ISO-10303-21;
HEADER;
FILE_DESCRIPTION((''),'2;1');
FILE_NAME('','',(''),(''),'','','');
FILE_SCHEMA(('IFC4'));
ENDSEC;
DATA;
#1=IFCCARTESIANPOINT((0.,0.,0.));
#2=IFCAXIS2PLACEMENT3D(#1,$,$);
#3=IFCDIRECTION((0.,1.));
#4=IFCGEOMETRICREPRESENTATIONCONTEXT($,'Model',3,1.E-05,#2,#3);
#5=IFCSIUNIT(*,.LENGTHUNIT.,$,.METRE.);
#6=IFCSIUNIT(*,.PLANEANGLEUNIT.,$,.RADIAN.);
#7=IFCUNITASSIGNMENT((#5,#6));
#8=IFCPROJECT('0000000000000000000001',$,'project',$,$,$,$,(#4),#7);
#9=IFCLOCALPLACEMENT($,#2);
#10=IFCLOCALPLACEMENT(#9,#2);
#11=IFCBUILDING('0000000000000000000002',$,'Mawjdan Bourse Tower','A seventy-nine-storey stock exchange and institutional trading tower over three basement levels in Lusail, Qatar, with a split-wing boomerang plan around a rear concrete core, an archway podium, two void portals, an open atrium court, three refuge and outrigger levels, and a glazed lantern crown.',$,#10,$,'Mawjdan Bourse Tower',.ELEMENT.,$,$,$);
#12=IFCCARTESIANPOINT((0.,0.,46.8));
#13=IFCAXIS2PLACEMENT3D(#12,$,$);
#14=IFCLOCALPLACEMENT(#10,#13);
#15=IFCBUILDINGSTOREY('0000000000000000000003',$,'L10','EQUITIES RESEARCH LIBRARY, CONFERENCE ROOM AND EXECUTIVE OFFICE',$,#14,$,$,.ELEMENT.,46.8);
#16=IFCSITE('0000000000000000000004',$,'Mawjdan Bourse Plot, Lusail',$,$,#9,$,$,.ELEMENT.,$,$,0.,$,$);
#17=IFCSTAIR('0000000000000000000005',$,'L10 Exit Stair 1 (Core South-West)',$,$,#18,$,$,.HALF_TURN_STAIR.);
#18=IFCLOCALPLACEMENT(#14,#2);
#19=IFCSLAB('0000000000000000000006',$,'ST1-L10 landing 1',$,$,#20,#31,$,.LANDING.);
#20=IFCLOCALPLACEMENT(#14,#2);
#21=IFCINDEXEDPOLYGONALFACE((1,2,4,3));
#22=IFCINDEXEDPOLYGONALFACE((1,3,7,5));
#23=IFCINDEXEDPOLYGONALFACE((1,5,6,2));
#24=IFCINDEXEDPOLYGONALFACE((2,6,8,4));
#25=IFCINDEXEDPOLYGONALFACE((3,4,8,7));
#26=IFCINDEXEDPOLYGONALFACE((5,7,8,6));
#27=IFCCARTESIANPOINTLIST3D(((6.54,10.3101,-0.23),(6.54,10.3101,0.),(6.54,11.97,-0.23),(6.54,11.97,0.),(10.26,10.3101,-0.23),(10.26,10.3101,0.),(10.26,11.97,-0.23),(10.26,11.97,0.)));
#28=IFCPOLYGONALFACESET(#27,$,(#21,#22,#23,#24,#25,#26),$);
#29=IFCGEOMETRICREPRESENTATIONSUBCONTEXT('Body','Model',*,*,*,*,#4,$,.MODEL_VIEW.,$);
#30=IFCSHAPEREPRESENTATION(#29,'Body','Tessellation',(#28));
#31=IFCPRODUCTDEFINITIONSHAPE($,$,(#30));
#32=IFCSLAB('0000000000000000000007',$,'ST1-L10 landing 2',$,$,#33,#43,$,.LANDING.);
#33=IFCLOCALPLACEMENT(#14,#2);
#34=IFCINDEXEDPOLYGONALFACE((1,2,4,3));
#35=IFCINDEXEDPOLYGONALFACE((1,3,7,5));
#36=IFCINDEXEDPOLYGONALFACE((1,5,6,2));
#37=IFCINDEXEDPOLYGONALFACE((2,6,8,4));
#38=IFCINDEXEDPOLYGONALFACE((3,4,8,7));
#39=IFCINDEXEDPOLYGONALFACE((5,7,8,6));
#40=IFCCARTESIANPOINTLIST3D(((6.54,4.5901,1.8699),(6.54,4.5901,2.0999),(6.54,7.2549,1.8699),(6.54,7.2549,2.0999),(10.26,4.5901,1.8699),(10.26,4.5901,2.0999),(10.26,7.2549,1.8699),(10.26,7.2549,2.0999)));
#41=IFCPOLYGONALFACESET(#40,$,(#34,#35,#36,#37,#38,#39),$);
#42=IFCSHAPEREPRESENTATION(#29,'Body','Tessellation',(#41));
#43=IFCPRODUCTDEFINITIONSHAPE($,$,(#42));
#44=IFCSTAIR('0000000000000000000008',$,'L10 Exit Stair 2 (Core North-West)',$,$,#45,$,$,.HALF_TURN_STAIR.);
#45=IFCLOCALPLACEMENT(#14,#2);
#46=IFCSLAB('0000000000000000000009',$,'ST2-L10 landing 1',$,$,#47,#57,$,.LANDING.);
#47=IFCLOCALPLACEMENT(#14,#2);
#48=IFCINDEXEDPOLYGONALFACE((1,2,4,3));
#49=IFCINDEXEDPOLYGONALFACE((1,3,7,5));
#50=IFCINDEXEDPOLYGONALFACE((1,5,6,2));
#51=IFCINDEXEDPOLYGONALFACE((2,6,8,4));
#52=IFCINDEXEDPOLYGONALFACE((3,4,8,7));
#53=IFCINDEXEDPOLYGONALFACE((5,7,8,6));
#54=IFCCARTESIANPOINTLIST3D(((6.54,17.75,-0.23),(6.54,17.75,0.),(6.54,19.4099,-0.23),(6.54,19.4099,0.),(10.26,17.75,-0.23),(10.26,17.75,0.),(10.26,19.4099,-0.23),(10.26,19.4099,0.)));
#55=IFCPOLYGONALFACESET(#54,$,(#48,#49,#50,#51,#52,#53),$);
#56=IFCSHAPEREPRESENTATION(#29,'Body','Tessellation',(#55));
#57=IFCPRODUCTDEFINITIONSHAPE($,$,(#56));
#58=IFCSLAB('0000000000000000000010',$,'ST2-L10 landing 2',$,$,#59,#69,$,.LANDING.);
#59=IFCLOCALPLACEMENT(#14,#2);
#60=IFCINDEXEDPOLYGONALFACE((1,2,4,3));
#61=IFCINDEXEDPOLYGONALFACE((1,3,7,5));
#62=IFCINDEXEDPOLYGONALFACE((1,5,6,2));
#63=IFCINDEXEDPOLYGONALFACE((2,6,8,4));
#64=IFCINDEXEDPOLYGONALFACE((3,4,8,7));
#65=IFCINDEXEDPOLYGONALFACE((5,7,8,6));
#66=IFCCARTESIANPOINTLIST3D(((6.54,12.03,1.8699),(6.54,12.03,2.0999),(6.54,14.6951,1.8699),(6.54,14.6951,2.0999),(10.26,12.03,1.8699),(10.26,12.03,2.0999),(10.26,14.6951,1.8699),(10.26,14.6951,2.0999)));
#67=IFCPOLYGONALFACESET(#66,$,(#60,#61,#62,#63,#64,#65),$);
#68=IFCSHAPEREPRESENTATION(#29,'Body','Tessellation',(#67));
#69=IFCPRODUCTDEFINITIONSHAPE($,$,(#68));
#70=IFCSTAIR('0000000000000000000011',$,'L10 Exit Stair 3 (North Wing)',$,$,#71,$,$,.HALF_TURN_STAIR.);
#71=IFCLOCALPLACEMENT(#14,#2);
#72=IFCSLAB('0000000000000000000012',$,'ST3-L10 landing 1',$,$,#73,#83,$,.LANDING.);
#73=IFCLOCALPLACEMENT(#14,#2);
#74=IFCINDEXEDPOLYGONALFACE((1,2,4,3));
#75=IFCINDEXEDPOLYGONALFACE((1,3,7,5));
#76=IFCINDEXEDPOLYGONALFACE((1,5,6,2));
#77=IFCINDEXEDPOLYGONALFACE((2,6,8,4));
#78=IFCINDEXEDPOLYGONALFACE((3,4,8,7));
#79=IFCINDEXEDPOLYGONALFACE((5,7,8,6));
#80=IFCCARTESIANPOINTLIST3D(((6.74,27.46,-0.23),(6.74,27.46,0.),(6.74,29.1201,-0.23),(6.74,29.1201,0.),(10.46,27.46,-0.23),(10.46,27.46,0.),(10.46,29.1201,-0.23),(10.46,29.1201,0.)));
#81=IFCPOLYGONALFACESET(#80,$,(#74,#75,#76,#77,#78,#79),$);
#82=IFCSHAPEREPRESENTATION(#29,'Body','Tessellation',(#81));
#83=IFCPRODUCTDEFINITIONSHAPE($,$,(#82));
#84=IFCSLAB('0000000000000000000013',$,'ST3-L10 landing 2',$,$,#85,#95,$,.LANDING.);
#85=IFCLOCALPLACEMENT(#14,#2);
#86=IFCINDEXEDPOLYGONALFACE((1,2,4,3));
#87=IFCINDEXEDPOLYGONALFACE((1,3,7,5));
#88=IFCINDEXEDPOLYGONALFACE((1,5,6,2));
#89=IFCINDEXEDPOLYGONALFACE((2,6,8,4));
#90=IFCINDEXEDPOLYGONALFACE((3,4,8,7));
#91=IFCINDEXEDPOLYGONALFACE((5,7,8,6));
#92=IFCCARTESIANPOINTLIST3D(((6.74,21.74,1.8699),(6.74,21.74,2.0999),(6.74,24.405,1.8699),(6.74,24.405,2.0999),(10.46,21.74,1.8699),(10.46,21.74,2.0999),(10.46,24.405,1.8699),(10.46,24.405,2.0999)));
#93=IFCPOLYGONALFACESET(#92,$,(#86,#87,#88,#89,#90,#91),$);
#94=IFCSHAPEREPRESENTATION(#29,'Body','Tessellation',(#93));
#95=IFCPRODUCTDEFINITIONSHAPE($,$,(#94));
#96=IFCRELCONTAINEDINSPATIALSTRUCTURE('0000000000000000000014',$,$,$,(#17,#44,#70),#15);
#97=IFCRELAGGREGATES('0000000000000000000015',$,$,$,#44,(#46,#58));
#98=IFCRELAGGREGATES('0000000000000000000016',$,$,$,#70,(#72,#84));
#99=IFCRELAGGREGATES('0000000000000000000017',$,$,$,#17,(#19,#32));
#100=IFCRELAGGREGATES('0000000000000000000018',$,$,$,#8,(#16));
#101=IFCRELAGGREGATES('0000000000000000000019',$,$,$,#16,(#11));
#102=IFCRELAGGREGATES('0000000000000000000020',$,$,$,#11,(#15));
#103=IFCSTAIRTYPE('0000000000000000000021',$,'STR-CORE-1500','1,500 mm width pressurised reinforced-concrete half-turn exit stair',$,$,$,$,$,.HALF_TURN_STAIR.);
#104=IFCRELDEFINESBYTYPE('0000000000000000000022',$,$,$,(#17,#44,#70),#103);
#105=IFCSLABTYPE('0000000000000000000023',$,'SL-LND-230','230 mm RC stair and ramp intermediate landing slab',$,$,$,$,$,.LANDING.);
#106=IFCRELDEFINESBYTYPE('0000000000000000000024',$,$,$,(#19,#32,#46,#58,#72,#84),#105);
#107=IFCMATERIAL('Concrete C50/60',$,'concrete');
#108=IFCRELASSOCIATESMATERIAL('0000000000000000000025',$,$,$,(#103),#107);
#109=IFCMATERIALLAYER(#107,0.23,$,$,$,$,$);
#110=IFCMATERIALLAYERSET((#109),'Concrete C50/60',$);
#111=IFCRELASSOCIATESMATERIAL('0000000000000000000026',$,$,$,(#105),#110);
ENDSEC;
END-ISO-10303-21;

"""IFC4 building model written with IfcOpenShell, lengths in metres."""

from ifc_helpers import new_model, si_unit, direction, frame, origin, place, context, subcontext, project, spatial, polyline, outline, extrude, material, layer, layer_set, type_object, element, aggregate, save


model = new_model("IFC4")

# Units and contexts
model_context = context("Model", 3, precision=1e-05, world=origin(), true_north=direction((0.0, 1.0)))
body_context = subcontext(model_context, "Body", "Model", "MODEL_VIEW")
ifc_project = project(units=[si_unit("LENGTHUNIT", "METRE"), si_unit("PLANEANGLEUNIT", "RADIAN")], contexts=[model_context])

# Site, building, storey
site_placement = place(None, origin())
site = spatial("IfcSite", under=ifc_project, at=site_placement, Name="Mawjdan Bourse Plot, Lusail", CompositionType="ELEMENT", RefElevation=0.0)
building_placement = place(site_placement, origin())
building = spatial("IfcBuilding", under=site, at=building_placement, Name="Mawjdan Bourse Tower", Description="A seventy-nine-storey stock exchange and institutional trading tower over three basement levels in Lusail, Qatar, with a split-wing boomerang plan around a rear concrete core, an archway podium, two void portals, an open atrium court, three refuge and outrigger levels, and a glazed lantern crown.", LongName="Mawjdan Bourse Tower", CompositionType="ELEMENT")
storey_placement = place(building_placement, frame((0.0, 0.0, 46.8)))
storey = spatial("IfcBuildingStorey", under=building, at=storey_placement, Name="L10", Description="EQUITIES RESEARCH LIBRARY, CONFERENCE ROOM AND EXECUTIVE OFFICE", CompositionType="ELEMENT", Elevation=46.8)

# Stairs, slabs
ifc_material_1 = material(Name="Concrete C50/60", Category="concrete")
stair_type = type_object("IfcStairType", Name="STR-CORE-1500", Description="1,500 mm width pressurised reinforced-concrete half-turn exit stair", PredefinedType="HALF_TURN_STAIR", material=ifc_material_1)
stair_1_placement = place(storey_placement, origin())
stair_1 = element("IfcStair", 1, at=stair_1_placement, inside=storey, type_object=stair_type, Name="L10 Exit Stair 1 (Core South-West)", PredefinedType="HALF_TURN_STAIR")
ifc_layer_1 = layer(ifc_material_1, 0.23)
ifc_layer_set_1 = layer_set([ifc_layer_1], Name="Concrete C50/60")
slab_type_1 = type_object("IfcSlabType", Name="SL-LND-230", Description="230 mm RC stair and ramp intermediate landing slab", PredefinedType="LANDING", material=ifc_layer_set_1)
slab_1_placement = place(storey_placement, frame((0.0, 0.0, -0.23)))
slab_1 = element("IfcSlab", 2, at=slab_1_placement, type_object=slab_type_1, Name="ST1-L10 landing 1", PredefinedType="LANDING", context=body_context, shape_type="SweptSolid", body=[
    extrude(outline(polyline([(6.54, 10.3101), (10.26, 10.3101), (10.26, 11.97), (6.54, 11.97), (6.54, 10.3101)])), origin(), (0.0, 0.0, 1.0), 0.23),
])
slab_2_placement = place(storey_placement, frame((0.0, 0.0, 1.8699)))
slab_2 = element("IfcSlab", 3, at=slab_2_placement, type_object=slab_type_1, Name="ST1-L10 landing 2", PredefinedType="LANDING", context=body_context, shape_type="SweptSolid", body=[
    extrude(outline(polyline([(6.54, 4.5901), (10.26, 4.5901), (10.26, 7.2549), (6.54, 7.2549), (6.54, 4.5901)])), origin(), (0.0, 0.0, 1.0), 0.23),
])
stair_2_placement = place(storey_placement, origin())
stair_2 = element("IfcStair", 4, at=stair_2_placement, inside=storey, type_object=stair_type, Name="L10 Exit Stair 2 (Core North-West)", PredefinedType="HALF_TURN_STAIR")
slab_3_placement = place(storey_placement, frame((0.0, 0.0, -0.23)))
slab_3 = element("IfcSlab", 5, at=slab_3_placement, type_object=slab_type_1, Name="ST2-L10 landing 1", PredefinedType="LANDING", context=body_context, shape_type="SweptSolid", body=[
    extrude(outline(polyline([(6.54, 17.75), (10.26, 17.75), (10.26, 19.4099), (6.54, 19.4099), (6.54, 17.75)])), origin(), (0.0, 0.0, 1.0), 0.23),
])
slab_4_placement = place(storey_placement, frame((0.0, 0.0, 1.8699)))
slab_4 = element("IfcSlab", 6, at=slab_4_placement, type_object=slab_type_1, Name="ST2-L10 landing 2", PredefinedType="LANDING", context=body_context, shape_type="SweptSolid", body=[
    extrude(outline(polyline([(6.54, 12.03), (10.26, 12.03), (10.26, 14.6951), (6.54, 14.6951), (6.54, 12.03)])), origin(), (0.0, 0.0, 1.0), 0.23),
])
aggregate(stair_2, [slab_3, slab_4])
stair_3_placement = place(storey_placement, origin())
stair_3 = element("IfcStair", 7, at=stair_3_placement, inside=storey, type_object=stair_type, Name="L10 Exit Stair 3 (North Wing)", PredefinedType="HALF_TURN_STAIR")
slab_5_placement = place(storey_placement, frame((0.0, 0.0, -0.23)))
slab_5 = element("IfcSlab", 8, at=slab_5_placement, type_object=slab_type_1, Name="ST3-L10 landing 1", PredefinedType="LANDING", context=body_context, shape_type="SweptSolid", body=[
    extrude(outline(polyline([(6.74, 27.46), (10.46, 27.46), (10.46, 29.1201), (6.74, 29.1201), (6.74, 27.46)])), origin(), (0.0, 0.0, 1.0), 0.23),
])
slab_6_placement = place(storey_placement, frame((0.0, 0.0, 1.8699)))
slab_6 = element("IfcSlab", 9, at=slab_6_placement, type_object=slab_type_1, Name="ST3-L10 landing 2", PredefinedType="LANDING", context=body_context, shape_type="SweptSolid", body=[
    extrude(outline(polyline([(6.74, 21.74), (10.46, 21.74), (10.46, 24.405), (6.74, 24.405), (6.74, 21.74)])), origin(), (0.0, 0.0, 1.0), 0.23),
])
aggregate(stair_3, [slab_5, slab_6])

aggregate(stair_1, [slab_1, slab_2])

save(model, "model.ifc")
